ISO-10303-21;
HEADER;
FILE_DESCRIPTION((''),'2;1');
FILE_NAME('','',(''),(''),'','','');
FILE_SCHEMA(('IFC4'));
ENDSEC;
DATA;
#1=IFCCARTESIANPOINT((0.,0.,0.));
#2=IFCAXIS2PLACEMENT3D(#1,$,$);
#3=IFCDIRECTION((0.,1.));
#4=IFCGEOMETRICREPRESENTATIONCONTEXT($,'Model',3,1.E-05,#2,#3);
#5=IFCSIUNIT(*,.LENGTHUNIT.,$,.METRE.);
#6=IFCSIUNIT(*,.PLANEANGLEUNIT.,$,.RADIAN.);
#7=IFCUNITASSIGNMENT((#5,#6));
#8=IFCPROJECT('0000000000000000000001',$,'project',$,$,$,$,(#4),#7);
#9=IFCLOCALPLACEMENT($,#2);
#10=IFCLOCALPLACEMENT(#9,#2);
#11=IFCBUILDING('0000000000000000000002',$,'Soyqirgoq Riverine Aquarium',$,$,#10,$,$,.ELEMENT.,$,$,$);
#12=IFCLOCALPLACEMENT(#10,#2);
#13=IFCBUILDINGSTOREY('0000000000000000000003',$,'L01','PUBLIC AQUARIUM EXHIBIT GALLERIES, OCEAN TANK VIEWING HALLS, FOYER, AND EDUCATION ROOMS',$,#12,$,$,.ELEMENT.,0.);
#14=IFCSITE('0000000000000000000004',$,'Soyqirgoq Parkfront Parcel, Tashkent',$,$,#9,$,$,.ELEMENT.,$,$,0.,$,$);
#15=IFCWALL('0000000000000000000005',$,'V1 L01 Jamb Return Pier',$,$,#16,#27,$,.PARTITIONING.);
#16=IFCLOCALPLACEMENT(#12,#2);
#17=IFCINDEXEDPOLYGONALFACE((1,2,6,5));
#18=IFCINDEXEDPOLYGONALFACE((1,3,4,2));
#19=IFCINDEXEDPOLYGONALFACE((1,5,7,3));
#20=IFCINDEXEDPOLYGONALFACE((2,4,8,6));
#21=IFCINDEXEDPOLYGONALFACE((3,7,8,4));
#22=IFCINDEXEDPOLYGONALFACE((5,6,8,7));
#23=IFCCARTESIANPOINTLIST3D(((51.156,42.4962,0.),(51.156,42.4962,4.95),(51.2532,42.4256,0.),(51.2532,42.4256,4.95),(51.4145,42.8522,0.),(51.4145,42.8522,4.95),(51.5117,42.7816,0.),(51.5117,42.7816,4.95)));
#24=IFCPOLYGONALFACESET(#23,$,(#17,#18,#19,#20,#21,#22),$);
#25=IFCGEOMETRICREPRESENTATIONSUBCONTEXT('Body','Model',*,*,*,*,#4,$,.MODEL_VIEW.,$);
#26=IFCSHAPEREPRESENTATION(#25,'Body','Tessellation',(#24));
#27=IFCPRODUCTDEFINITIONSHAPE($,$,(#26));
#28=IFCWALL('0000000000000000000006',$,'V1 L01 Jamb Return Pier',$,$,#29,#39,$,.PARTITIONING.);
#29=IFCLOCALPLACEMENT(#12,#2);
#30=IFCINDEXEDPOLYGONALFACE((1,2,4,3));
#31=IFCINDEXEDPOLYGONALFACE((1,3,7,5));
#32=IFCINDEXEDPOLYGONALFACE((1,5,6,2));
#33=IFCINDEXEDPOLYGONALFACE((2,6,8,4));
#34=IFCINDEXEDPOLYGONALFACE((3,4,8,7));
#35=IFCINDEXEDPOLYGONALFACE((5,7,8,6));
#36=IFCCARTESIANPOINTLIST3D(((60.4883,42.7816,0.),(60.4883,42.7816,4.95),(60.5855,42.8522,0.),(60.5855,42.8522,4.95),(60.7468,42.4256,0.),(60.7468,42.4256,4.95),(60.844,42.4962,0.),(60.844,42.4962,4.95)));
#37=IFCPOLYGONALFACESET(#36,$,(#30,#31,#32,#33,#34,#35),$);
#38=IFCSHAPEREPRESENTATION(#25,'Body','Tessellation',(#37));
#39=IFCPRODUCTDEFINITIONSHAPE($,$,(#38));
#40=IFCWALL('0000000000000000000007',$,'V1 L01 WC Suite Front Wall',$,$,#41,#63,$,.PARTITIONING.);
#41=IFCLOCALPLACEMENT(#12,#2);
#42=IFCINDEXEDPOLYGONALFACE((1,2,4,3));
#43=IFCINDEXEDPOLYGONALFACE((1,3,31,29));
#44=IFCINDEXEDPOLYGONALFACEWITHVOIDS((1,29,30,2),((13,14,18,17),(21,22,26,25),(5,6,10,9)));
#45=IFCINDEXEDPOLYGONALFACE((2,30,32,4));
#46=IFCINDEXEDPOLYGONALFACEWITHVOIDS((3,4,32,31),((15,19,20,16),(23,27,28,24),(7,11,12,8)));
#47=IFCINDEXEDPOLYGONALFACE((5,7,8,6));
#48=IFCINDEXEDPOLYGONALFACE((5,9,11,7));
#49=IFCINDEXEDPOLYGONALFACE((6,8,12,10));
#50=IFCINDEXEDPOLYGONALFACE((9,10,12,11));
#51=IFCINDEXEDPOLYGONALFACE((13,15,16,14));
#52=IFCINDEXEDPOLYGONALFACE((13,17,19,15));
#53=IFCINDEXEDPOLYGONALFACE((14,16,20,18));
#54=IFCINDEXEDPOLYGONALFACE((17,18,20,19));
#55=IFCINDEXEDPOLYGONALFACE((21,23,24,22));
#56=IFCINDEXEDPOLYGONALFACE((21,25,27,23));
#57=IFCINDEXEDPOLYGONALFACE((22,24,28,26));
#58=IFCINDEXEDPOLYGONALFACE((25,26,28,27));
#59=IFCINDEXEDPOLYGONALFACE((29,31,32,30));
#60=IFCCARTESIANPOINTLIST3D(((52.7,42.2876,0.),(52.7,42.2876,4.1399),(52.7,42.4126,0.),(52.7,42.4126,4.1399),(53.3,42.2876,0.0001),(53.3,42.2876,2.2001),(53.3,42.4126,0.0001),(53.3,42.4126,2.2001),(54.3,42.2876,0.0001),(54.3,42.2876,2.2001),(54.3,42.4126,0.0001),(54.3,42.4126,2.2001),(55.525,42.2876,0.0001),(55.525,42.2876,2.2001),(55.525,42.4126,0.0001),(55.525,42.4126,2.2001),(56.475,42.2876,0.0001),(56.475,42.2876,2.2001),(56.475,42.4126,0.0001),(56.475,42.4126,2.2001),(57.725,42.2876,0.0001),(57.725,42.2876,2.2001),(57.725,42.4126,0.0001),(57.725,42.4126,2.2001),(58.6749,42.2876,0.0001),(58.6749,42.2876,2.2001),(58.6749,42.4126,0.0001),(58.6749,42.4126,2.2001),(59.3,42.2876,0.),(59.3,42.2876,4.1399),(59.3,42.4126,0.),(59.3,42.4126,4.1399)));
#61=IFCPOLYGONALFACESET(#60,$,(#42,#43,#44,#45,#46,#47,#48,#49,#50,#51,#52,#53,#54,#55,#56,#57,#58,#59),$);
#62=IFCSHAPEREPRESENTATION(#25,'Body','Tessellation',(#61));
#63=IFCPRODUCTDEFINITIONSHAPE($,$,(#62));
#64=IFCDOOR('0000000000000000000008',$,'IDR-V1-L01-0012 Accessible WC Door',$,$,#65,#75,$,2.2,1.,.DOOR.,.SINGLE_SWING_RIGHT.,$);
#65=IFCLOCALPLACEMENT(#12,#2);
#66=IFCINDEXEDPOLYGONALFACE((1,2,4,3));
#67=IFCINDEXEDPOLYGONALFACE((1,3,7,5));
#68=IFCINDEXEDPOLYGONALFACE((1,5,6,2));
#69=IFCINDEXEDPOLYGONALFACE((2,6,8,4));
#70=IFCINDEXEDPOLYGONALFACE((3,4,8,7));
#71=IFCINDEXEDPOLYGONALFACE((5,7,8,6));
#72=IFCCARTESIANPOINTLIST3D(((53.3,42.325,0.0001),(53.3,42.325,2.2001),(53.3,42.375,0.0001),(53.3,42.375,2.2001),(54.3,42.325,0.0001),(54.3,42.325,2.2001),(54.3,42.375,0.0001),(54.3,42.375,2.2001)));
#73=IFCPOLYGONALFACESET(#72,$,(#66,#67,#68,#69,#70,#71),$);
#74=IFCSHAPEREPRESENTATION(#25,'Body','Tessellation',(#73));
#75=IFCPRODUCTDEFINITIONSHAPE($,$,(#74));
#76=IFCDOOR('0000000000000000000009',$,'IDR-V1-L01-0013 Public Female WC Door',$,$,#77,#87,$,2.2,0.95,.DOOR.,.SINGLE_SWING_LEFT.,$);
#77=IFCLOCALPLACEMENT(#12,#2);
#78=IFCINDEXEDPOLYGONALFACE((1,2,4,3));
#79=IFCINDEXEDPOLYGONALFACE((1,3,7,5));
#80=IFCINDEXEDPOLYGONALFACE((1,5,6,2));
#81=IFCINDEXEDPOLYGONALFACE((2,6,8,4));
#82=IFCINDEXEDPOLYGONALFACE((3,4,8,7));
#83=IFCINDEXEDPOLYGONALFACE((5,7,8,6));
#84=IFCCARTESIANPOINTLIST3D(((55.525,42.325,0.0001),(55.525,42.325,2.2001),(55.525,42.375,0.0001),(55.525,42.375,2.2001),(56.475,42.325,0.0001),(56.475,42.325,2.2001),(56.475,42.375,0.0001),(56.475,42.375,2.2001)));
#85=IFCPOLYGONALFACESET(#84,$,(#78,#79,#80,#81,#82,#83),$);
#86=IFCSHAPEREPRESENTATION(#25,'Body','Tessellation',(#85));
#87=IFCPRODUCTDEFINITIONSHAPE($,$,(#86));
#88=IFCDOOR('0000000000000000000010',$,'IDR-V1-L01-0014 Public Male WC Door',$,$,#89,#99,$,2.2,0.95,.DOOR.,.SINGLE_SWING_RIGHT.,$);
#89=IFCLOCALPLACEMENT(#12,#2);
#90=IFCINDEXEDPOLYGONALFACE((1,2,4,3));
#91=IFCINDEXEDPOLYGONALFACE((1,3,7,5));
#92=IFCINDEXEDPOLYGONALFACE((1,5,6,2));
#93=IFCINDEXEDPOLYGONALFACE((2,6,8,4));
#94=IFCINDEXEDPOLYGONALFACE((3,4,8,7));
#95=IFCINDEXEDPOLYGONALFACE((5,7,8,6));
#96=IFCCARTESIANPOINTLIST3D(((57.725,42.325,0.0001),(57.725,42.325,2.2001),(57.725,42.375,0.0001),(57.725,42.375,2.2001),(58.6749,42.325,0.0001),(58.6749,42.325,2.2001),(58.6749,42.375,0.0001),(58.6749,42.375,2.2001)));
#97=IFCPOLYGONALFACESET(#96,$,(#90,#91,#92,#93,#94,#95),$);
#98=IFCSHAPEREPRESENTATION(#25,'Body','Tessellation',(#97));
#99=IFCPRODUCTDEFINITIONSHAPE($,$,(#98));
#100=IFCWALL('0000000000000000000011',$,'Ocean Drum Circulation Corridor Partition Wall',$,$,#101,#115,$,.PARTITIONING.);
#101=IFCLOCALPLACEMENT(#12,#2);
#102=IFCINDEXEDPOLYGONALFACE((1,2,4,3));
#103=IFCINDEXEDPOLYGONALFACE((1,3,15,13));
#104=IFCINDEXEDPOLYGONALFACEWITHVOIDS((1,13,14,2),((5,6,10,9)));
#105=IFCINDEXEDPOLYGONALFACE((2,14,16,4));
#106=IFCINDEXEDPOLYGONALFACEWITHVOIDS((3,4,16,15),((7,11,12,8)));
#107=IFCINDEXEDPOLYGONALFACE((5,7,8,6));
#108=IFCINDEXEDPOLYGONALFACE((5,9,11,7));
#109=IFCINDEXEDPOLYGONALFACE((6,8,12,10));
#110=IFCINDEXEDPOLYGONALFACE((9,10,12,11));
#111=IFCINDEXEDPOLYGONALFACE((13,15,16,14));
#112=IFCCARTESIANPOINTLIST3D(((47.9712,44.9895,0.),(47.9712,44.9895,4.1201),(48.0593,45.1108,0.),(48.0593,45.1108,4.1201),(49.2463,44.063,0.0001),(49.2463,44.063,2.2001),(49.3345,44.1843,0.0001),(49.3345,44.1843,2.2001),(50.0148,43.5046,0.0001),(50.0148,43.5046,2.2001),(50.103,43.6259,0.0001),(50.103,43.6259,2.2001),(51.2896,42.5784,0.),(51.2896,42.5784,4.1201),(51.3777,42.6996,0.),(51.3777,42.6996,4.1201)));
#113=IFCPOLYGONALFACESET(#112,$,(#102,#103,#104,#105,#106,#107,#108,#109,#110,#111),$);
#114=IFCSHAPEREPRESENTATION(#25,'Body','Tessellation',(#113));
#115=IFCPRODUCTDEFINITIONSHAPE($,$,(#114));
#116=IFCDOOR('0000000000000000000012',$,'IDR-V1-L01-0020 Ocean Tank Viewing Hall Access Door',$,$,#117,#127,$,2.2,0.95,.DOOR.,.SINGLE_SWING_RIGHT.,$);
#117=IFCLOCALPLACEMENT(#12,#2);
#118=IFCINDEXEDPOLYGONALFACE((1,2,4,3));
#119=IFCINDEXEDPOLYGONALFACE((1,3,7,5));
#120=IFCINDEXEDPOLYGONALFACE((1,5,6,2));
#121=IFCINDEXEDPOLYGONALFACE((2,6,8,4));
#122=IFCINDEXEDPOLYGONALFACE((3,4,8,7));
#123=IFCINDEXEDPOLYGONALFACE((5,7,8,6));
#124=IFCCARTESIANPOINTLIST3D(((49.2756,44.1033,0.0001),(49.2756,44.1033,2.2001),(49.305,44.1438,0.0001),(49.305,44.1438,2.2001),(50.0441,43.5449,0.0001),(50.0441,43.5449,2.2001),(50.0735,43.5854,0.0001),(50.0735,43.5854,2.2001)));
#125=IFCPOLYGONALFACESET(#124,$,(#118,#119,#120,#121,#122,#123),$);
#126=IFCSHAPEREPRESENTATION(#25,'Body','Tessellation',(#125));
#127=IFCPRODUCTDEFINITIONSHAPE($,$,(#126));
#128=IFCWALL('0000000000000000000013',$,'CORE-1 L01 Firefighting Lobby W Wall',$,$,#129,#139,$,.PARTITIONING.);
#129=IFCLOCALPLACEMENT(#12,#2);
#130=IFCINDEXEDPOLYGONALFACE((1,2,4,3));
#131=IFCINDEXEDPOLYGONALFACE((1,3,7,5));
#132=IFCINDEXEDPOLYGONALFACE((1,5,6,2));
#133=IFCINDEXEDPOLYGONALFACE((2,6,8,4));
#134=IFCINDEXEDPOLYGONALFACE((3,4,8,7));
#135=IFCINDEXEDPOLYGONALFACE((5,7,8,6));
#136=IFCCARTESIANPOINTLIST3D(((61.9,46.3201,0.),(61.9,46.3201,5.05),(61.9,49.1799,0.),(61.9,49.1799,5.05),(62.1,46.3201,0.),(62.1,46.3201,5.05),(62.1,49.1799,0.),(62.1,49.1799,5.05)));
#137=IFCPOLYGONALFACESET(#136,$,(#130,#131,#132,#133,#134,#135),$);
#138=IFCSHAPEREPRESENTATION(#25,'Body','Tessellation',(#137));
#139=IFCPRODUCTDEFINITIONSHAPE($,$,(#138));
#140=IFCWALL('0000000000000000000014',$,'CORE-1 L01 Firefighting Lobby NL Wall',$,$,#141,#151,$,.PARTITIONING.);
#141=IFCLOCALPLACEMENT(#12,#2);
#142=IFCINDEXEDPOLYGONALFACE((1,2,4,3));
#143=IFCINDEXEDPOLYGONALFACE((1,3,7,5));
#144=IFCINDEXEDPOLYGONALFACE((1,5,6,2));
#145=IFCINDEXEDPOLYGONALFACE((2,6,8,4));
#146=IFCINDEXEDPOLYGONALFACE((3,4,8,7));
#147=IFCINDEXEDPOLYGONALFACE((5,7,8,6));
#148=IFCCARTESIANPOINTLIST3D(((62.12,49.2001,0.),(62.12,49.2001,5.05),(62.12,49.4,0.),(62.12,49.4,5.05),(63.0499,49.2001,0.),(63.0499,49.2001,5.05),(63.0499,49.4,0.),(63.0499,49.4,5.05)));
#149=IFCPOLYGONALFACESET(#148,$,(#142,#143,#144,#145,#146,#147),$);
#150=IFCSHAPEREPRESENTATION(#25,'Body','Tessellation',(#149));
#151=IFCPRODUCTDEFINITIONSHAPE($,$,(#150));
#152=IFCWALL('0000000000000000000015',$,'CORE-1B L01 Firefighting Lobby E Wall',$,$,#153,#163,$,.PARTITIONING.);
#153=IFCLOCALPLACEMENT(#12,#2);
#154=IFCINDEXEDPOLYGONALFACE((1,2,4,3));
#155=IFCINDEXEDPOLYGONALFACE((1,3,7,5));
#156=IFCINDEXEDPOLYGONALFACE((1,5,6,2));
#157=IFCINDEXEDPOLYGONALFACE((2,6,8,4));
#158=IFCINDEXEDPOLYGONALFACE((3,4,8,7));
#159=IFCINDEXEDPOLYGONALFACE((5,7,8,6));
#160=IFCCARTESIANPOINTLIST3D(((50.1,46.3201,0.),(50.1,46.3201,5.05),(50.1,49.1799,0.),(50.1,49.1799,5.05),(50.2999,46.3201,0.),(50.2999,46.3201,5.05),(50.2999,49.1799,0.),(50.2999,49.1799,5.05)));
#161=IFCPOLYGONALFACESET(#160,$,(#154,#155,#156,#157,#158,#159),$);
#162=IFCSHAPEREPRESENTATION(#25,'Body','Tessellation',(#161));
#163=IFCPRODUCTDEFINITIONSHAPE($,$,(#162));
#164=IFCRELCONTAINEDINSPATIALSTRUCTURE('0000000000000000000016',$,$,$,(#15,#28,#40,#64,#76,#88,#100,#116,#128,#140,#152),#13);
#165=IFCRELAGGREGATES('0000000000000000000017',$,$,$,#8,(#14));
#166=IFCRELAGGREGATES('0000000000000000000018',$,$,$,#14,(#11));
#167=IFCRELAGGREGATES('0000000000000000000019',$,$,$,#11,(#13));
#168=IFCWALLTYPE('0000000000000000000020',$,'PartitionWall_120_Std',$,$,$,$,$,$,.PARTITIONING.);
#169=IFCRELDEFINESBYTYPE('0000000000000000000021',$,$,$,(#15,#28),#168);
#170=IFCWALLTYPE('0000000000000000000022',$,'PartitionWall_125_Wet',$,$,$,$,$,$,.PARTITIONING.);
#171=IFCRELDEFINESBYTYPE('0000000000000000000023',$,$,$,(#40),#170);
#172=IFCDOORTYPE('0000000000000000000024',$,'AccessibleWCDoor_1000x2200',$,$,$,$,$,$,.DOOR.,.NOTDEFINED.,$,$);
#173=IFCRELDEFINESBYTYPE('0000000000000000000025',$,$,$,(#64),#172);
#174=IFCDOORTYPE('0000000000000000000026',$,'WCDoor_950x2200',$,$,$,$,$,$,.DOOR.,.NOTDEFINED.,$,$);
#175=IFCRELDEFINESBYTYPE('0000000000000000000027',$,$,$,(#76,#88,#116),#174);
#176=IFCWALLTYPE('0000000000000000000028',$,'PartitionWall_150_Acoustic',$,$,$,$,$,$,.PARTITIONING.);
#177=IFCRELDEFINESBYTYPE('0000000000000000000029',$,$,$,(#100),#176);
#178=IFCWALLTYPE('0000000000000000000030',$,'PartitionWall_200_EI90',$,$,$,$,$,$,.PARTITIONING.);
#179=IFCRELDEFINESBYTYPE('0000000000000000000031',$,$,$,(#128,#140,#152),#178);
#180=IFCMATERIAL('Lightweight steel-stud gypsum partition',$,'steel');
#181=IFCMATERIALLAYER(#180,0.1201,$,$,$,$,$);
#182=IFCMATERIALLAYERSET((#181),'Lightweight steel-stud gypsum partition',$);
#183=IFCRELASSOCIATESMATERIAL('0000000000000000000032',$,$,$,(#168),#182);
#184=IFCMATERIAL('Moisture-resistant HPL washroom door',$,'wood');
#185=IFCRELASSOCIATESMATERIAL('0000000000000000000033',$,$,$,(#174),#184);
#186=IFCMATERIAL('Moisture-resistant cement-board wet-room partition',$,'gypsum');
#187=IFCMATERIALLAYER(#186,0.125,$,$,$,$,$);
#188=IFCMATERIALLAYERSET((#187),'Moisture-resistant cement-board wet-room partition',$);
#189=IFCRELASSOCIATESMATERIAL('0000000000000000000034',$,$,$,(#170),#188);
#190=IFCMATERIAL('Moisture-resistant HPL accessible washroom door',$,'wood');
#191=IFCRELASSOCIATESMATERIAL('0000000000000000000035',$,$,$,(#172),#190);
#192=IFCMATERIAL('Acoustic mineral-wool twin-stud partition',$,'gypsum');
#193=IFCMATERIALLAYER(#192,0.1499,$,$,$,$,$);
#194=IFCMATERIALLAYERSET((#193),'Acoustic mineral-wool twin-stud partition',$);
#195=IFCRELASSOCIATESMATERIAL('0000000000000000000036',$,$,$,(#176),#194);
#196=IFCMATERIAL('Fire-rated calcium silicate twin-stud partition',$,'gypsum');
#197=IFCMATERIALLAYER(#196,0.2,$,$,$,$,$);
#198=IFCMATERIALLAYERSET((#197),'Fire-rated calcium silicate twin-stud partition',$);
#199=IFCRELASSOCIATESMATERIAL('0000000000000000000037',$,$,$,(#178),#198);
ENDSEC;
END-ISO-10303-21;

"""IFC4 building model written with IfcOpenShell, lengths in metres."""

from ifc_helpers import new_model, si_unit, direction, frame, frame_2d, origin, place, context, subcontext, project, spatial, rectangle, extrude, material, layer, layer_set, type_object, element, fill, save


model = new_model("IFC4")

# Units and contexts
model_context = context("Model", 3, precision=1e-05, world=origin(), true_north=direction((0.0, 1.0)))
body_context = subcontext(model_context, "Body", "Model", "MODEL_VIEW")
ifc_project = project(units=[si_unit("LENGTHUNIT", "METRE"), si_unit("PLANEANGLEUNIT", "RADIAN")], contexts=[model_context])

# Site, building, storey
site_placement = place(None, origin())
site = spatial("IfcSite", under=ifc_project, at=site_placement, Name="Soyqirgoq Parkfront Parcel, Tashkent", CompositionType="ELEMENT", RefElevation=0.0)
building_placement = place(site_placement, origin())
building = spatial("IfcBuilding", under=site, at=building_placement, Name="Soyqirgoq Riverine Aquarium", CompositionType="ELEMENT")
storey_placement = place(building_placement, origin())
storey = spatial("IfcBuildingStorey", under=building, at=storey_placement, Name="L01", Description="PUBLIC AQUARIUM EXHIBIT GALLERIES, OCEAN TANK VIEWING HALLS, FOYER, AND EDUCATION ROOMS", CompositionType="ELEMENT", Elevation=0.0)

# Shared definitions
ifc_material_1 = material(Name="Lightweight steel-stud gypsum partition", Category="steel")
ifc_layer_1 = layer(ifc_material_1, 0.1201)
ifc_layer_set_1 = layer_set([ifc_layer_1], Name="Lightweight steel-stud gypsum partition")
wall_type_1 = type_object("IfcWallType", Name="PartitionWall_120_Std", PredefinedType="PARTITIONING", material=ifc_layer_set_1)
ifc_material_2 = material(Name="Moisture-resistant HPL washroom door", Category="wood")
door_type_1 = type_object("IfcDoorType", Name="WCDoor_950x2200", OperationType="NOTDEFINED", PredefinedType="DOOR", material=ifc_material_2)

# Walls
for number, where, z_axis, x_axis, name in (
    (1, (51.2046, 42.4609, 0.0), (0.0, 0.0, 1.0), (0.587677, 0.809096, 0.0), "V1 L01 Jamb Return Pier"),
    (2, (60.7954, 42.4609, 0.0), (0.0, 0.0, 1.0), (-0.587677, 0.809096, 0.0), "V1 L01 Jamb Return Pier"),
):
    element("IfcWall", number, at=place(storey_placement, frame(where, z_axis=z_axis, x_axis=x_axis)), inside=storey, type_object=wall_type_1, Name=name, PredefinedType="PARTITIONING", context=body_context, shape_type="SweptSolid", body=[
        extrude(rectangle(XDim=0.4399, YDim=0.1201, at=frame_2d((0.22, 0.0))), origin(), (0.0, 0.0, 1.0), 4.95),
    ])

# Wall, openings, doors
ifc_material_3 = material(Name="Moisture-resistant cement-board wet-room partition", Category="gypsum")
ifc_layer_2 = layer(ifc_material_3, 0.125)
ifc_layer_set_2 = layer_set([ifc_layer_2], Name="Moisture-resistant cement-board wet-room partition")
wall_type_2 = type_object("IfcWallType", Name="PartitionWall_125_Wet", PredefinedType="PARTITIONING", material=ifc_layer_set_2)
wall_1_placement = place(storey_placement, frame((52.7, 42.3501, 0.0), z_axis=(0.0, 0.0, 1.0), x_axis=(1.0, 0.0, 0.0)))
wall_1 = element("IfcWall", 3, at=wall_1_placement, inside=storey, type_object=wall_type_2, Name="V1 L01 WC Suite Front Wall", PredefinedType="PARTITIONING", context=body_context, shape_type="SweptSolid", body=[
    extrude(rectangle(XDim=6.6001, YDim=0.125, at=frame_2d((3.3, 0.0))), origin(), (0.0, 0.0, 1.0), 4.1399),
])
opening_1_placement = place(wall_1_placement, frame((0.6001, 0.0, 0.0)))
opening_1 = element("IfcOpeningElement", 4, at=opening_1_placement, cuts=wall_1, PredefinedType="OPENING", context=body_context, shape_type="SweptSolid", body=[
    extrude(rectangle(XDim=1.0, YDim=2.2, at=frame_2d((0.5, 1.1001))), frame((0.0, 0.0725, 0.0), z_axis=(0.0, -1.0, 0.0), x_axis=(1.0, 0.0, 0.0)), (0.0, 0.0, 1.0), 0.145),
])
opening_2_placement = place(wall_1_placement, frame((2.825, 0.0, 0.0)))
opening_2 = element("IfcOpeningElement", 5, at=opening_2_placement, cuts=wall_1, PredefinedType="OPENING", context=body_context, shape_type="SweptSolid", body=[
    extrude(rectangle(XDim=0.95, YDim=2.2, at=frame_2d((0.4751, 1.1001))), frame((0.0, 0.0725, 0.0), z_axis=(0.0, -1.0, 0.0), x_axis=(1.0, 0.0, 0.0)), (0.0, 0.0, 1.0), 0.145),
])
opening_3_placement = place(wall_1_placement, frame((5.0249, 0.0, 0.0)))
opening_3 = element("IfcOpeningElement", 6, at=opening_3_placement, cuts=wall_1, PredefinedType="OPENING", context=body_context, shape_type="SweptSolid", body=[
    extrude(rectangle(XDim=0.95, YDim=2.2, at=frame_2d((0.4751, 1.1001))), frame((0.0, 0.0725, 0.0), z_axis=(0.0, -1.0, 0.0), x_axis=(1.0, 0.0, 0.0)), (0.0, 0.0, 1.0), 0.145),
])
ifc_material_4 = material(Name="Moisture-resistant HPL accessible washroom door", Category="wood")
door_type_2 = type_object("IfcDoorType", Name="AccessibleWCDoor_1000x2200", OperationType="NOTDEFINED", PredefinedType="DOOR", material=ifc_material_4)
door_1_placement = place(opening_1_placement, origin())
door_1 = element("IfcDoor", 7, at=door_1_placement, inside=storey, type_object=door_type_2, Name="IDR-V1-L01-0012 Accessible WC Door", OperationType="SINGLE_SWING_RIGHT", OverallHeight=2.2, OverallWidth=1.0, PredefinedType="DOOR", context=body_context, shape_type="SweptSolid", body=[
    extrude(rectangle(XDim=1.0, YDim=2.2, at=frame_2d((0.5, 1.1001))), frame((0.0, 0.0249, 0.0), z_axis=(0.0, -1.0, 0.0), x_axis=(1.0, 0.0, 0.0)), (0.0, 0.0, 1.0), 0.05),
])
fill(opening_1, door_1)
door_2_placement = place(opening_2_placement, origin())
door_2 = element("IfcDoor", 8, at=door_2_placement, inside=storey, type_object=door_type_1, Name="IDR-V1-L01-0013 Public Female WC Door", OperationType="SINGLE_SWING_LEFT", OverallHeight=2.2, OverallWidth=0.95, PredefinedType="DOOR", context=body_context, shape_type="SweptSolid", body=[
    extrude(rectangle(XDim=0.95, YDim=2.2, at=frame_2d((0.4751, 1.1001))), frame((0.0, 0.0249, 0.0), z_axis=(0.0, -1.0, 0.0), x_axis=(1.0, 0.0, 0.0)), (0.0, 0.0, 1.0), 0.05),
])
fill(opening_2, door_2)
door_3_placement = place(opening_3_placement, origin())
door_3 = element("IfcDoor", 9, at=door_3_placement, inside=storey, type_object=door_type_1, Name="IDR-V1-L01-0014 Public Male WC Door", OperationType="SINGLE_SWING_RIGHT", OverallHeight=2.2, OverallWidth=0.95, PredefinedType="DOOR", context=body_context, shape_type="SweptSolid", body=[
    extrude(rectangle(XDim=0.95, YDim=2.2, at=frame_2d((0.4751, 1.1001))), frame((0.0, 0.0249, 0.0), z_axis=(0.0, -1.0, 0.0), x_axis=(1.0, 0.0, 0.0)), (0.0, 0.0, 1.0), 0.05),
])
fill(opening_3, door_3)

# Wall, opening, door
ifc_material_5 = material(Name="Acoustic mineral-wool twin-stud partition", Category="gypsum")
ifc_layer_3 = layer(ifc_material_5, 0.1499)
ifc_layer_set_3 = layer_set([ifc_layer_3], Name="Acoustic mineral-wool twin-stud partition")
wall_type_3 = type_object("IfcWallType", Name="PartitionWall_150_Acoustic", PredefinedType="PARTITIONING", material=ifc_layer_set_3)
wall_2_placement = place(storey_placement, frame((48.0154, 45.05, 0.0), z_axis=(0.0, 0.0, 1.0), x_axis=(0.808993, -0.587818, 0.0)))
wall_2 = element("IfcWall", 10, at=wall_2_placement, inside=storey, type_object=wall_type_3, Name="Ocean Drum Circulation Corridor Partition Wall", PredefinedType="PARTITIONING", context=body_context, shape_type="SweptSolid", body=[
    extrude(rectangle(XDim=4.1018, YDim=0.1499, at=frame_2d((2.0508, 0.0))), origin(), (0.0, 0.0, 1.0), 4.1201),
])
opening_4_placement = place(wall_2_placement, frame((1.5759, 0.0, 0.0)))
opening_4 = element("IfcOpeningElement", 11, at=opening_4_placement, cuts=wall_2, PredefinedType="OPENING", context=body_context, shape_type="SweptSolid", body=[
    extrude(rectangle(XDim=0.95, YDim=2.2, at=frame_2d((0.4751, 1.1001))), frame((0.0, 0.085, 0.0), z_axis=(0.0, -1.0, 0.0), x_axis=(1.0, 0.0, 0.0)), (0.0, 0.0, 1.0), 0.1699),
])
door_4_placement = place(opening_4_placement, origin())
door_4 = element("IfcDoor", 12, at=door_4_placement, inside=storey, type_object=door_type_1, Name="IDR-V1-L01-0020 Ocean Tank Viewing Hall Access Door", OperationType="SINGLE_SWING_RIGHT", OverallHeight=2.2, OverallWidth=0.95, PredefinedType="DOOR", context=body_context, shape_type="SweptSolid", body=[
    extrude(rectangle(XDim=0.95, YDim=2.2, at=frame_2d((0.4751, 1.1001))), frame((0.0, 0.0249, 0.0), z_axis=(0.0, -1.0, 0.0), x_axis=(1.0, 0.0, 0.0)), (0.0, 0.0, 1.0), 0.05),
])
fill(opening_4, door_4)
ifc_material_6 = material(Name="Fire-rated calcium silicate twin-stud partition", Category="gypsum")
ifc_layer_4 = layer(ifc_material_6, 0.2)
ifc_layer_set_4 = layer_set([ifc_layer_4], Name="Fire-rated calcium silicate twin-stud partition")
wall_type_4 = type_object("IfcWallType", Name="PartitionWall_200_EI90", PredefinedType="PARTITIONING", material=ifc_layer_set_4)

# Walls
wall_3_placement = place(storey_placement, frame((62.0, 46.3201, 0.0), z_axis=(0.0, 0.0, 1.0), x_axis=(0.0, 1.0, 0.0)))
element("IfcWall", 13, at=wall_3_placement, inside=storey, type_object=wall_type_4, Name="CORE-1 L01 Firefighting Lobby W Wall", PredefinedType="PARTITIONING", context=body_context, shape_type="SweptSolid", body=[
    extrude(rectangle(XDim=2.8599, YDim=0.2, at=frame_2d((1.4299, 0.0))), origin(), (0.0, 0.0, 1.0), 5.05),
])
wall_4_placement = place(storey_placement, frame((62.1201, 49.3, 0.0), z_axis=(0.0, 0.0, 1.0), x_axis=(1.0, 0.0, 0.0)))
element("IfcWall", 14, at=wall_4_placement, inside=storey, type_object=wall_type_4, Name="CORE-1 L01 Firefighting Lobby NL Wall", PredefinedType="PARTITIONING", context=body_context, shape_type="SweptSolid", body=[
    extrude(rectangle(XDim=0.9299, YDim=0.2, at=frame_2d((0.4648, 0.0))), origin(), (0.0, 0.0, 1.0), 5.05),
])
wall_5_placement = place(storey_placement, frame((50.2, 46.3201, 0.0), z_axis=(0.0, 0.0, 1.0), x_axis=(0.0, 1.0, 0.0)))
element("IfcWall", 15, at=wall_5_placement, inside=storey, type_object=wall_type_4, Name="CORE-1B L01 Firefighting Lobby E Wall", PredefinedType="PARTITIONING", context=body_context, shape_type="SweptSolid", body=[
    extrude(rectangle(XDim=2.8599, YDim=0.2, at=frame_2d((1.4299, 0.0))), origin(), (0.0, 0.0, 1.0), 5.05),
])

save(model, "model.ifc")
